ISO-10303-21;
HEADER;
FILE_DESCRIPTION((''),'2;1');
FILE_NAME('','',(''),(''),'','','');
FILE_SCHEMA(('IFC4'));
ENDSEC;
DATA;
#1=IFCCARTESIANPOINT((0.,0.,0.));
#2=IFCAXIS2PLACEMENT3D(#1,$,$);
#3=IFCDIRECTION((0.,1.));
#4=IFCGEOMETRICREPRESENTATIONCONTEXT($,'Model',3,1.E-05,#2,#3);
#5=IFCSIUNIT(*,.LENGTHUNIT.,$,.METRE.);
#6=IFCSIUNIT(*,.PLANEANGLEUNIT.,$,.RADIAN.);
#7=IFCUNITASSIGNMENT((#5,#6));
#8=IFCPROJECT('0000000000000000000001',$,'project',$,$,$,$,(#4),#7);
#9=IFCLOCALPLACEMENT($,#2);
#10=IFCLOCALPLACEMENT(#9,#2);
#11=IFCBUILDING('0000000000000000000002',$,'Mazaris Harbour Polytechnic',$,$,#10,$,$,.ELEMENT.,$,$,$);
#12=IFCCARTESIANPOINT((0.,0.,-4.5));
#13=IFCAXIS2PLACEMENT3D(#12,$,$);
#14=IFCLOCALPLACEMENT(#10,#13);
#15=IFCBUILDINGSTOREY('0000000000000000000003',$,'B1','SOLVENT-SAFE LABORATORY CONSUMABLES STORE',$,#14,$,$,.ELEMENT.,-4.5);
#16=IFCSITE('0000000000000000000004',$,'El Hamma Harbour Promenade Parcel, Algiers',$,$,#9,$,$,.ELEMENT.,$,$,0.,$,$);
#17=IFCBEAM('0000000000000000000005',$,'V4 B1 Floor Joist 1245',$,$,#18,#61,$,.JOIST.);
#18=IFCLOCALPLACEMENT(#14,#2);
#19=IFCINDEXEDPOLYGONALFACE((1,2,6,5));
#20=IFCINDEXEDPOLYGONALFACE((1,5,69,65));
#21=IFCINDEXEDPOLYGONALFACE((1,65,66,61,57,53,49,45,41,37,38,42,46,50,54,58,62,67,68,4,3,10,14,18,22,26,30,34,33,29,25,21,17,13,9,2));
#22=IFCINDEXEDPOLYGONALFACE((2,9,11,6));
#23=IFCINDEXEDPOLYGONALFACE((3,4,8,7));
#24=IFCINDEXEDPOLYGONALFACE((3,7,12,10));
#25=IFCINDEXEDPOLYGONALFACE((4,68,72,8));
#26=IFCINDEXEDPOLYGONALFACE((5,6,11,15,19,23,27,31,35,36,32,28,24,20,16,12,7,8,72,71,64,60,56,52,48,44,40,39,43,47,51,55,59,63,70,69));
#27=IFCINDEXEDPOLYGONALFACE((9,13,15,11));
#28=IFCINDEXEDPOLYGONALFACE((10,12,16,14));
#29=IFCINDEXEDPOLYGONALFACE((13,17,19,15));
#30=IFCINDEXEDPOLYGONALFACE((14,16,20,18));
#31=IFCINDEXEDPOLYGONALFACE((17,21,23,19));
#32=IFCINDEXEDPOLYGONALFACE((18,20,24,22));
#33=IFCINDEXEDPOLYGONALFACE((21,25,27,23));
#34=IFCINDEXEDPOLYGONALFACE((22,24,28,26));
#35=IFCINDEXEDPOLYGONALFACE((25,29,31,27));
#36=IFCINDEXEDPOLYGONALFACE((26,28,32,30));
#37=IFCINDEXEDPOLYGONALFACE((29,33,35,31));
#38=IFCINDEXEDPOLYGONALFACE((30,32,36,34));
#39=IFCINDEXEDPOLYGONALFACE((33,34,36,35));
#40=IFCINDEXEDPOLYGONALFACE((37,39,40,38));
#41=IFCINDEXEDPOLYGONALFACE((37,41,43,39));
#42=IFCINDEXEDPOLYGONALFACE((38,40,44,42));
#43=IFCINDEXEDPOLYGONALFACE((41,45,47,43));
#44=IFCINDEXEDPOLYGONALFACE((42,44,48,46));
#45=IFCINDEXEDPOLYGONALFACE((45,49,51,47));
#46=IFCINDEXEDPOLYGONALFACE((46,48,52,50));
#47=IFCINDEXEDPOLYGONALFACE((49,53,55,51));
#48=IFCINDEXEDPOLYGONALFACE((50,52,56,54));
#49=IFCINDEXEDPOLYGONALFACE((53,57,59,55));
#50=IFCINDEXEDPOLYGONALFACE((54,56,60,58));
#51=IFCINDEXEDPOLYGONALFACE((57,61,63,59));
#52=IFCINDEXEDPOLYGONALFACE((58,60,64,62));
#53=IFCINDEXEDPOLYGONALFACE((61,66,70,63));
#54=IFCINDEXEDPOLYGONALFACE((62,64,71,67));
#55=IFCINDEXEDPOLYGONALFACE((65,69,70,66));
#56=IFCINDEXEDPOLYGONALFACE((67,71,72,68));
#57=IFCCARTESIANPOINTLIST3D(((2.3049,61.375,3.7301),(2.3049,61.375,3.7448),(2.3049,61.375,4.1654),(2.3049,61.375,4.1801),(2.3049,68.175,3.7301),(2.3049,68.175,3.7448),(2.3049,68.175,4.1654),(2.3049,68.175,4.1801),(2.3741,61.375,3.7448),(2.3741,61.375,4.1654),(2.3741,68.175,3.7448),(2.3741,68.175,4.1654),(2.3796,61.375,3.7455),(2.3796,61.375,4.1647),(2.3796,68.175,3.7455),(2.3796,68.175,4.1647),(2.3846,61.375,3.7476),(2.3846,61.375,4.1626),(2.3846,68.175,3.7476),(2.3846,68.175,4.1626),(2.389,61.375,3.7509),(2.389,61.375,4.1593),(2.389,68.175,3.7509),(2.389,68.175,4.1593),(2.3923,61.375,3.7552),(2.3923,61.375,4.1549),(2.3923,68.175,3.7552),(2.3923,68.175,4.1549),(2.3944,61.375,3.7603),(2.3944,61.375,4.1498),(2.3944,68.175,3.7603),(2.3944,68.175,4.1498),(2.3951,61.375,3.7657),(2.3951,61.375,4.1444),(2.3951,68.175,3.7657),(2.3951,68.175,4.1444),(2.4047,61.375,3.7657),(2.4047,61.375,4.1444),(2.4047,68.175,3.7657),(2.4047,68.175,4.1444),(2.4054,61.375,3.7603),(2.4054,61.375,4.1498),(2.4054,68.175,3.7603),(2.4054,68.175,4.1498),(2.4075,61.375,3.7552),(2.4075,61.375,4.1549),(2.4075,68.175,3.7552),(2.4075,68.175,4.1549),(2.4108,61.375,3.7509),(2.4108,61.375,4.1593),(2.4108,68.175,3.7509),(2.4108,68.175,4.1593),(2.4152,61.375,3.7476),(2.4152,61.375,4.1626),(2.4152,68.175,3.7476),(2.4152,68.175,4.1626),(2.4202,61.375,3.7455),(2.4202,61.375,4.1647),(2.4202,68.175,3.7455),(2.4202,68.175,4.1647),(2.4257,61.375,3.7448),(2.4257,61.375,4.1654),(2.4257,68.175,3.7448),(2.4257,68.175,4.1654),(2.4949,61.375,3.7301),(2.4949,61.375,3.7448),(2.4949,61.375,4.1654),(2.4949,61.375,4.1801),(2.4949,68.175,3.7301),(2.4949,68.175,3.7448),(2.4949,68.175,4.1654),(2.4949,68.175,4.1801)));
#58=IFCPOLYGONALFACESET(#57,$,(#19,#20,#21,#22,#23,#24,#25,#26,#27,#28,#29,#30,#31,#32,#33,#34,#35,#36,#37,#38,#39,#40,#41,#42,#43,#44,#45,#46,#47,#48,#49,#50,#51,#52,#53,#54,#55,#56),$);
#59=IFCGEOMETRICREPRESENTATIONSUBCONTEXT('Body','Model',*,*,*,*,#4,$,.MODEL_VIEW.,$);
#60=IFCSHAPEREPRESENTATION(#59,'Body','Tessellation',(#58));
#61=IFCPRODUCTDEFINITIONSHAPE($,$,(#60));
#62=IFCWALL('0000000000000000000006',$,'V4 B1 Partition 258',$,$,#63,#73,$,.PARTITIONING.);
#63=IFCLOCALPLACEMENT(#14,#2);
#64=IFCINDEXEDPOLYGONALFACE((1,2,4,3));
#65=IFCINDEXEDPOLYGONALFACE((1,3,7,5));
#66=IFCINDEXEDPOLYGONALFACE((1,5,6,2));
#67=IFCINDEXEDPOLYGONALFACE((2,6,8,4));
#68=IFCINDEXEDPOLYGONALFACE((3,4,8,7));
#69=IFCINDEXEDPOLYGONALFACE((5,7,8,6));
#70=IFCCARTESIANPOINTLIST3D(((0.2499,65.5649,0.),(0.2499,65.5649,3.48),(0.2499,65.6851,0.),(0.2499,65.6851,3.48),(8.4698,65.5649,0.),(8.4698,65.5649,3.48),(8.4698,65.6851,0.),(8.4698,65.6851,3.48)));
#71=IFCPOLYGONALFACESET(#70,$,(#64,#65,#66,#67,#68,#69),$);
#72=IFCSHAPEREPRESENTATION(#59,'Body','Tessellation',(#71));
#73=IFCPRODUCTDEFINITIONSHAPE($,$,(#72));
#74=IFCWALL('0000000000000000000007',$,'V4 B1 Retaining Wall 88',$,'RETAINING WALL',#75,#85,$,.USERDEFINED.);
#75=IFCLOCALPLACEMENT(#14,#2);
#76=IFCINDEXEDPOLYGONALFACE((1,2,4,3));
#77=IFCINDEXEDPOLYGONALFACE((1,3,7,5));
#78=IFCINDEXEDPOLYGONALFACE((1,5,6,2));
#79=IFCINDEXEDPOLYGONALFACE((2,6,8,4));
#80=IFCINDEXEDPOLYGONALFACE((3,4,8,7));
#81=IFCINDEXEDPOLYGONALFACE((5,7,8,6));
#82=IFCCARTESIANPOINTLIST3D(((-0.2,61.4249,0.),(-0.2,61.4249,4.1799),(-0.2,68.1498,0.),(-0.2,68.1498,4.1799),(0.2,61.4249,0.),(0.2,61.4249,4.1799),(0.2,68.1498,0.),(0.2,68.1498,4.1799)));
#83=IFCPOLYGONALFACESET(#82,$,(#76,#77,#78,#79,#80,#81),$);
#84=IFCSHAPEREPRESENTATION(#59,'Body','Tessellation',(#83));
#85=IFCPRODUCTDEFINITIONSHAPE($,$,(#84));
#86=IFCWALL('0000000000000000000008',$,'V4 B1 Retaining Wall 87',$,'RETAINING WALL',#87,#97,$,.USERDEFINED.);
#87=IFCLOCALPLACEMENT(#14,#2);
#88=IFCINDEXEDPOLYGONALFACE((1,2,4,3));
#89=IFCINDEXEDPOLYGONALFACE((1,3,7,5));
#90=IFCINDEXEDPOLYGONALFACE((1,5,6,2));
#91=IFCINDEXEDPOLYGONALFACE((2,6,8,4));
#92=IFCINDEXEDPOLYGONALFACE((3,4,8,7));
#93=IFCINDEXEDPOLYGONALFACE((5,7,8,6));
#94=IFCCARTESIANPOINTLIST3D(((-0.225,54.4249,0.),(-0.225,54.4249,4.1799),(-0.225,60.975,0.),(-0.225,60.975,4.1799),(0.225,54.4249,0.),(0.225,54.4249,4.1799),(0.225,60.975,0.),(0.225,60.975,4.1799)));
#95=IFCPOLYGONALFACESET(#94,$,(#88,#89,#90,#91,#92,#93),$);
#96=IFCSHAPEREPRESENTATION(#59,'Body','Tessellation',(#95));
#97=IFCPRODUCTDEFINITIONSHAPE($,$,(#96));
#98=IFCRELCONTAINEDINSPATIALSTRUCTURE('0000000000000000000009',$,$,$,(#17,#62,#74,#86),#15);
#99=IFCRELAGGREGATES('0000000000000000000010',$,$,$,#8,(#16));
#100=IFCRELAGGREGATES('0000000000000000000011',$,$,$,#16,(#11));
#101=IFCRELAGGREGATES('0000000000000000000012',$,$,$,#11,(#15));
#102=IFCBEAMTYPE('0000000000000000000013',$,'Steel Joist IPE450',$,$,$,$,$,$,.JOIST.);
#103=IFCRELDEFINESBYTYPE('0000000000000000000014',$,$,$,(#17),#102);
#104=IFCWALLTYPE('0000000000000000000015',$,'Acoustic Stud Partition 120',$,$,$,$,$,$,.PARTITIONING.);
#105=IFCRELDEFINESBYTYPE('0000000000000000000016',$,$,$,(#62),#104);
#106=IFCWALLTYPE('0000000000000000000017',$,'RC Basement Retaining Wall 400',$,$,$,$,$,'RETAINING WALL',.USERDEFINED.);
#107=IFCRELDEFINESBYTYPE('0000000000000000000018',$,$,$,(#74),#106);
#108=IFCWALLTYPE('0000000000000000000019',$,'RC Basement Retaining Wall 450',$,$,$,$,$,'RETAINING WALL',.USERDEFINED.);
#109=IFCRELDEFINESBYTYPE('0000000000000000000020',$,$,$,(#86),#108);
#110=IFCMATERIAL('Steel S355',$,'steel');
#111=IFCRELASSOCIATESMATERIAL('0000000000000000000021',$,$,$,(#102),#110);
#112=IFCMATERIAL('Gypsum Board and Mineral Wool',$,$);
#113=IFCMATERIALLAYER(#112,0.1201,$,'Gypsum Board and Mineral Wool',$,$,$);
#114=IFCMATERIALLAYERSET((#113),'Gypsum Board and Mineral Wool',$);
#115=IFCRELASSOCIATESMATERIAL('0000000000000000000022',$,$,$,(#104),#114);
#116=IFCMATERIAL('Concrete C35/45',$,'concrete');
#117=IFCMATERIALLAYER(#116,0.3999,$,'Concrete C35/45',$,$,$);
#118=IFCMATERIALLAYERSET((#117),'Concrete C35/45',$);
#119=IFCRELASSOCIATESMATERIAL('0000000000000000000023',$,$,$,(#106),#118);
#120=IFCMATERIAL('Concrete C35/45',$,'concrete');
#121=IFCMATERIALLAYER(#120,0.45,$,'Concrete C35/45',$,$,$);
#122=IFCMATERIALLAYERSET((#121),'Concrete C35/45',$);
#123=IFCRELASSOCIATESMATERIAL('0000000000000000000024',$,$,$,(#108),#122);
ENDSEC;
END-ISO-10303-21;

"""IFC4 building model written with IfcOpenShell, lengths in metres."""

from ifc_helpers import new_model, si_unit, direction, frame, frame_2d, origin, origin_2d, place, context, subcontext, project, spatial, rectangle, i_section, extrude, material, layer, layer_set, material_profile, profile_set, type_object, element, save


model = new_model("IFC4")

# Units and contexts
model_context = context("Model", 3, precision=1e-05, world=origin(), true_north=direction((0.0, 1.0)))
body_context = subcontext(model_context, "Body", "Model", "MODEL_VIEW")
ifc_project = project(units=[si_unit("LENGTHUNIT", "METRE"), si_unit("PLANEANGLEUNIT", "RADIAN")], contexts=[model_context])

# Site, building, storey
site_placement = place(None, origin())
site = spatial("IfcSite", under=ifc_project, at=site_placement, Name="El Hamma Harbour Promenade Parcel, Algiers", CompositionType="ELEMENT", RefElevation=0.0)
building_placement = place(site_placement, origin())
building = spatial("IfcBuilding", under=site, at=building_placement, Name="Mazaris Harbour Polytechnic", CompositionType="ELEMENT")
storey_placement = place(building_placement, frame((0.0, 0.0, -4.5)))
storey = spatial("IfcBuildingStorey", under=building, at=storey_placement, Name="B1", Description="SOLVENT-SAFE LABORATORY CONSUMABLES STORE", CompositionType="ELEMENT", Elevation=-4.5)

# Beam
ifc_material_1 = material(Name="Steel S355", Category="steel")
ifc_material_profile_1 = material_profile(ifc_material_1, i_section(OverallWidth=0.1899, OverallDepth=0.45, WebThickness=0.0095, FlangeThickness=0.0146, FilletRadius=0.021, at=origin_2d()), Name="IPE 450")
ifc_profile_set_1 = profile_set([ifc_material_profile_1], Name="Steel S355")
beam_type_1 = type_object("IfcBeamType", Name="Steel Joist IPE450", PredefinedType="JOIST", material=ifc_profile_set_1)
beam_1_placement = place(storey_placement, frame((2.3999, 61.375, 3.9551), z_axis=(0.0, 1.0, 0.0), x_axis=(-1.0, 0.0, 0.0)))
element("IfcBeam", 1, at=beam_1_placement, inside=storey, type_object=beam_type_1, Name="V4 B1 Floor Joist 1245", PredefinedType="JOIST", context=body_context, shape_type="SweptSolid", body=[
    extrude(i_section(OverallWidth=0.1899, OverallDepth=0.45, WebThickness=0.0095, FlangeThickness=0.0146, FilletRadius=0.021, at=origin_2d()), origin(), (0.0, 0.0, 1.0), 6.8),
])

# Walls
ifc_material_2 = material(Name="Gypsum Board and Mineral Wool")
ifc_layer_1 = layer(ifc_material_2, 0.1201, Name="Gypsum Board and Mineral Wool")
ifc_layer_set_1 = layer_set([ifc_layer_1], Name="Gypsum Board and Mineral Wool")
wall_type_1 = type_object("IfcWallType", Name="Acoustic Stud Partition 120", PredefinedType="PARTITIONING", material=ifc_layer_set_1)
wall_1_placement = place(storey_placement, frame((0.25, 65.625, 0.0), z_axis=(0.0, 0.0, 1.0), x_axis=(1.0, 0.0, 0.0)))
element("IfcWall", 2, at=wall_1_placement, inside=storey, type_object=wall_type_1, Name="V4 B1 Partition 258", PredefinedType="PARTITIONING", context=body_context, shape_type="SweptSolid", body=[
    extrude(rectangle(XDim=8.22, YDim=0.1201, at=frame_2d((4.1099, 0.0))), origin(), (0.0, 0.0, 1.0), 3.48),
])
ifc_material_3 = material(Name="Concrete C35/45", Category="concrete")
ifc_layer_2 = layer(ifc_material_3, 0.3999, Name="Concrete C35/45")
ifc_layer_set_2 = layer_set([ifc_layer_2], Name="Concrete C35/45")
wall_type_2 = type_object("IfcWallType", Name="RC Basement Retaining Wall 400", ElementType="RETAINING WALL", PredefinedType="USERDEFINED", material=ifc_layer_set_2)
wall_2_placement = place(storey_placement, frame((0.0, 61.425, 0.0), z_axis=(0.0, 0.0, 1.0), x_axis=(0.0, 1.0, 0.0)))
element("IfcWall", 3, at=wall_2_placement, inside=storey, type_object=wall_type_2, Name="V4 B1 Retaining Wall 88", ObjectType="RETAINING WALL", PredefinedType="USERDEFINED", context=body_context, shape_type="SweptSolid", body=[
    extrude(rectangle(XDim=6.7249, YDim=0.3999, at=frame_2d((3.3623, 0.0))), origin(), (0.0, 0.0, 1.0), 4.1799),
])
ifc_material_4 = material(Name="Concrete C35/45", Category="concrete")
ifc_layer_3 = layer(ifc_material_4, 0.45, Name="Concrete C35/45")
ifc_layer_set_3 = layer_set([ifc_layer_3], Name="Concrete C35/45")
wall_type_3 = type_object("IfcWallType", Name="RC Basement Retaining Wall 450", ElementType="RETAINING WALL", PredefinedType="USERDEFINED", material=ifc_layer_set_3)
wall_3_placement = place(storey_placement, frame((0.0, 54.425, 0.0), z_axis=(0.0, 0.0, 1.0), x_axis=(0.0, 1.0, 0.0)))
element("IfcWall", 4, at=wall_3_placement, inside=storey, type_object=wall_type_3, Name="V4 B1 Retaining Wall 87", ObjectType="RETAINING WALL", PredefinedType="USERDEFINED", context=body_context, shape_type="SweptSolid", body=[
    extrude(rectangle(XDim=6.55, YDim=0.45, at=frame_2d((3.2749, 0.0))), origin(), (0.0, 0.0, 1.0), 4.1799),
])

save(model, "model.ifc")
